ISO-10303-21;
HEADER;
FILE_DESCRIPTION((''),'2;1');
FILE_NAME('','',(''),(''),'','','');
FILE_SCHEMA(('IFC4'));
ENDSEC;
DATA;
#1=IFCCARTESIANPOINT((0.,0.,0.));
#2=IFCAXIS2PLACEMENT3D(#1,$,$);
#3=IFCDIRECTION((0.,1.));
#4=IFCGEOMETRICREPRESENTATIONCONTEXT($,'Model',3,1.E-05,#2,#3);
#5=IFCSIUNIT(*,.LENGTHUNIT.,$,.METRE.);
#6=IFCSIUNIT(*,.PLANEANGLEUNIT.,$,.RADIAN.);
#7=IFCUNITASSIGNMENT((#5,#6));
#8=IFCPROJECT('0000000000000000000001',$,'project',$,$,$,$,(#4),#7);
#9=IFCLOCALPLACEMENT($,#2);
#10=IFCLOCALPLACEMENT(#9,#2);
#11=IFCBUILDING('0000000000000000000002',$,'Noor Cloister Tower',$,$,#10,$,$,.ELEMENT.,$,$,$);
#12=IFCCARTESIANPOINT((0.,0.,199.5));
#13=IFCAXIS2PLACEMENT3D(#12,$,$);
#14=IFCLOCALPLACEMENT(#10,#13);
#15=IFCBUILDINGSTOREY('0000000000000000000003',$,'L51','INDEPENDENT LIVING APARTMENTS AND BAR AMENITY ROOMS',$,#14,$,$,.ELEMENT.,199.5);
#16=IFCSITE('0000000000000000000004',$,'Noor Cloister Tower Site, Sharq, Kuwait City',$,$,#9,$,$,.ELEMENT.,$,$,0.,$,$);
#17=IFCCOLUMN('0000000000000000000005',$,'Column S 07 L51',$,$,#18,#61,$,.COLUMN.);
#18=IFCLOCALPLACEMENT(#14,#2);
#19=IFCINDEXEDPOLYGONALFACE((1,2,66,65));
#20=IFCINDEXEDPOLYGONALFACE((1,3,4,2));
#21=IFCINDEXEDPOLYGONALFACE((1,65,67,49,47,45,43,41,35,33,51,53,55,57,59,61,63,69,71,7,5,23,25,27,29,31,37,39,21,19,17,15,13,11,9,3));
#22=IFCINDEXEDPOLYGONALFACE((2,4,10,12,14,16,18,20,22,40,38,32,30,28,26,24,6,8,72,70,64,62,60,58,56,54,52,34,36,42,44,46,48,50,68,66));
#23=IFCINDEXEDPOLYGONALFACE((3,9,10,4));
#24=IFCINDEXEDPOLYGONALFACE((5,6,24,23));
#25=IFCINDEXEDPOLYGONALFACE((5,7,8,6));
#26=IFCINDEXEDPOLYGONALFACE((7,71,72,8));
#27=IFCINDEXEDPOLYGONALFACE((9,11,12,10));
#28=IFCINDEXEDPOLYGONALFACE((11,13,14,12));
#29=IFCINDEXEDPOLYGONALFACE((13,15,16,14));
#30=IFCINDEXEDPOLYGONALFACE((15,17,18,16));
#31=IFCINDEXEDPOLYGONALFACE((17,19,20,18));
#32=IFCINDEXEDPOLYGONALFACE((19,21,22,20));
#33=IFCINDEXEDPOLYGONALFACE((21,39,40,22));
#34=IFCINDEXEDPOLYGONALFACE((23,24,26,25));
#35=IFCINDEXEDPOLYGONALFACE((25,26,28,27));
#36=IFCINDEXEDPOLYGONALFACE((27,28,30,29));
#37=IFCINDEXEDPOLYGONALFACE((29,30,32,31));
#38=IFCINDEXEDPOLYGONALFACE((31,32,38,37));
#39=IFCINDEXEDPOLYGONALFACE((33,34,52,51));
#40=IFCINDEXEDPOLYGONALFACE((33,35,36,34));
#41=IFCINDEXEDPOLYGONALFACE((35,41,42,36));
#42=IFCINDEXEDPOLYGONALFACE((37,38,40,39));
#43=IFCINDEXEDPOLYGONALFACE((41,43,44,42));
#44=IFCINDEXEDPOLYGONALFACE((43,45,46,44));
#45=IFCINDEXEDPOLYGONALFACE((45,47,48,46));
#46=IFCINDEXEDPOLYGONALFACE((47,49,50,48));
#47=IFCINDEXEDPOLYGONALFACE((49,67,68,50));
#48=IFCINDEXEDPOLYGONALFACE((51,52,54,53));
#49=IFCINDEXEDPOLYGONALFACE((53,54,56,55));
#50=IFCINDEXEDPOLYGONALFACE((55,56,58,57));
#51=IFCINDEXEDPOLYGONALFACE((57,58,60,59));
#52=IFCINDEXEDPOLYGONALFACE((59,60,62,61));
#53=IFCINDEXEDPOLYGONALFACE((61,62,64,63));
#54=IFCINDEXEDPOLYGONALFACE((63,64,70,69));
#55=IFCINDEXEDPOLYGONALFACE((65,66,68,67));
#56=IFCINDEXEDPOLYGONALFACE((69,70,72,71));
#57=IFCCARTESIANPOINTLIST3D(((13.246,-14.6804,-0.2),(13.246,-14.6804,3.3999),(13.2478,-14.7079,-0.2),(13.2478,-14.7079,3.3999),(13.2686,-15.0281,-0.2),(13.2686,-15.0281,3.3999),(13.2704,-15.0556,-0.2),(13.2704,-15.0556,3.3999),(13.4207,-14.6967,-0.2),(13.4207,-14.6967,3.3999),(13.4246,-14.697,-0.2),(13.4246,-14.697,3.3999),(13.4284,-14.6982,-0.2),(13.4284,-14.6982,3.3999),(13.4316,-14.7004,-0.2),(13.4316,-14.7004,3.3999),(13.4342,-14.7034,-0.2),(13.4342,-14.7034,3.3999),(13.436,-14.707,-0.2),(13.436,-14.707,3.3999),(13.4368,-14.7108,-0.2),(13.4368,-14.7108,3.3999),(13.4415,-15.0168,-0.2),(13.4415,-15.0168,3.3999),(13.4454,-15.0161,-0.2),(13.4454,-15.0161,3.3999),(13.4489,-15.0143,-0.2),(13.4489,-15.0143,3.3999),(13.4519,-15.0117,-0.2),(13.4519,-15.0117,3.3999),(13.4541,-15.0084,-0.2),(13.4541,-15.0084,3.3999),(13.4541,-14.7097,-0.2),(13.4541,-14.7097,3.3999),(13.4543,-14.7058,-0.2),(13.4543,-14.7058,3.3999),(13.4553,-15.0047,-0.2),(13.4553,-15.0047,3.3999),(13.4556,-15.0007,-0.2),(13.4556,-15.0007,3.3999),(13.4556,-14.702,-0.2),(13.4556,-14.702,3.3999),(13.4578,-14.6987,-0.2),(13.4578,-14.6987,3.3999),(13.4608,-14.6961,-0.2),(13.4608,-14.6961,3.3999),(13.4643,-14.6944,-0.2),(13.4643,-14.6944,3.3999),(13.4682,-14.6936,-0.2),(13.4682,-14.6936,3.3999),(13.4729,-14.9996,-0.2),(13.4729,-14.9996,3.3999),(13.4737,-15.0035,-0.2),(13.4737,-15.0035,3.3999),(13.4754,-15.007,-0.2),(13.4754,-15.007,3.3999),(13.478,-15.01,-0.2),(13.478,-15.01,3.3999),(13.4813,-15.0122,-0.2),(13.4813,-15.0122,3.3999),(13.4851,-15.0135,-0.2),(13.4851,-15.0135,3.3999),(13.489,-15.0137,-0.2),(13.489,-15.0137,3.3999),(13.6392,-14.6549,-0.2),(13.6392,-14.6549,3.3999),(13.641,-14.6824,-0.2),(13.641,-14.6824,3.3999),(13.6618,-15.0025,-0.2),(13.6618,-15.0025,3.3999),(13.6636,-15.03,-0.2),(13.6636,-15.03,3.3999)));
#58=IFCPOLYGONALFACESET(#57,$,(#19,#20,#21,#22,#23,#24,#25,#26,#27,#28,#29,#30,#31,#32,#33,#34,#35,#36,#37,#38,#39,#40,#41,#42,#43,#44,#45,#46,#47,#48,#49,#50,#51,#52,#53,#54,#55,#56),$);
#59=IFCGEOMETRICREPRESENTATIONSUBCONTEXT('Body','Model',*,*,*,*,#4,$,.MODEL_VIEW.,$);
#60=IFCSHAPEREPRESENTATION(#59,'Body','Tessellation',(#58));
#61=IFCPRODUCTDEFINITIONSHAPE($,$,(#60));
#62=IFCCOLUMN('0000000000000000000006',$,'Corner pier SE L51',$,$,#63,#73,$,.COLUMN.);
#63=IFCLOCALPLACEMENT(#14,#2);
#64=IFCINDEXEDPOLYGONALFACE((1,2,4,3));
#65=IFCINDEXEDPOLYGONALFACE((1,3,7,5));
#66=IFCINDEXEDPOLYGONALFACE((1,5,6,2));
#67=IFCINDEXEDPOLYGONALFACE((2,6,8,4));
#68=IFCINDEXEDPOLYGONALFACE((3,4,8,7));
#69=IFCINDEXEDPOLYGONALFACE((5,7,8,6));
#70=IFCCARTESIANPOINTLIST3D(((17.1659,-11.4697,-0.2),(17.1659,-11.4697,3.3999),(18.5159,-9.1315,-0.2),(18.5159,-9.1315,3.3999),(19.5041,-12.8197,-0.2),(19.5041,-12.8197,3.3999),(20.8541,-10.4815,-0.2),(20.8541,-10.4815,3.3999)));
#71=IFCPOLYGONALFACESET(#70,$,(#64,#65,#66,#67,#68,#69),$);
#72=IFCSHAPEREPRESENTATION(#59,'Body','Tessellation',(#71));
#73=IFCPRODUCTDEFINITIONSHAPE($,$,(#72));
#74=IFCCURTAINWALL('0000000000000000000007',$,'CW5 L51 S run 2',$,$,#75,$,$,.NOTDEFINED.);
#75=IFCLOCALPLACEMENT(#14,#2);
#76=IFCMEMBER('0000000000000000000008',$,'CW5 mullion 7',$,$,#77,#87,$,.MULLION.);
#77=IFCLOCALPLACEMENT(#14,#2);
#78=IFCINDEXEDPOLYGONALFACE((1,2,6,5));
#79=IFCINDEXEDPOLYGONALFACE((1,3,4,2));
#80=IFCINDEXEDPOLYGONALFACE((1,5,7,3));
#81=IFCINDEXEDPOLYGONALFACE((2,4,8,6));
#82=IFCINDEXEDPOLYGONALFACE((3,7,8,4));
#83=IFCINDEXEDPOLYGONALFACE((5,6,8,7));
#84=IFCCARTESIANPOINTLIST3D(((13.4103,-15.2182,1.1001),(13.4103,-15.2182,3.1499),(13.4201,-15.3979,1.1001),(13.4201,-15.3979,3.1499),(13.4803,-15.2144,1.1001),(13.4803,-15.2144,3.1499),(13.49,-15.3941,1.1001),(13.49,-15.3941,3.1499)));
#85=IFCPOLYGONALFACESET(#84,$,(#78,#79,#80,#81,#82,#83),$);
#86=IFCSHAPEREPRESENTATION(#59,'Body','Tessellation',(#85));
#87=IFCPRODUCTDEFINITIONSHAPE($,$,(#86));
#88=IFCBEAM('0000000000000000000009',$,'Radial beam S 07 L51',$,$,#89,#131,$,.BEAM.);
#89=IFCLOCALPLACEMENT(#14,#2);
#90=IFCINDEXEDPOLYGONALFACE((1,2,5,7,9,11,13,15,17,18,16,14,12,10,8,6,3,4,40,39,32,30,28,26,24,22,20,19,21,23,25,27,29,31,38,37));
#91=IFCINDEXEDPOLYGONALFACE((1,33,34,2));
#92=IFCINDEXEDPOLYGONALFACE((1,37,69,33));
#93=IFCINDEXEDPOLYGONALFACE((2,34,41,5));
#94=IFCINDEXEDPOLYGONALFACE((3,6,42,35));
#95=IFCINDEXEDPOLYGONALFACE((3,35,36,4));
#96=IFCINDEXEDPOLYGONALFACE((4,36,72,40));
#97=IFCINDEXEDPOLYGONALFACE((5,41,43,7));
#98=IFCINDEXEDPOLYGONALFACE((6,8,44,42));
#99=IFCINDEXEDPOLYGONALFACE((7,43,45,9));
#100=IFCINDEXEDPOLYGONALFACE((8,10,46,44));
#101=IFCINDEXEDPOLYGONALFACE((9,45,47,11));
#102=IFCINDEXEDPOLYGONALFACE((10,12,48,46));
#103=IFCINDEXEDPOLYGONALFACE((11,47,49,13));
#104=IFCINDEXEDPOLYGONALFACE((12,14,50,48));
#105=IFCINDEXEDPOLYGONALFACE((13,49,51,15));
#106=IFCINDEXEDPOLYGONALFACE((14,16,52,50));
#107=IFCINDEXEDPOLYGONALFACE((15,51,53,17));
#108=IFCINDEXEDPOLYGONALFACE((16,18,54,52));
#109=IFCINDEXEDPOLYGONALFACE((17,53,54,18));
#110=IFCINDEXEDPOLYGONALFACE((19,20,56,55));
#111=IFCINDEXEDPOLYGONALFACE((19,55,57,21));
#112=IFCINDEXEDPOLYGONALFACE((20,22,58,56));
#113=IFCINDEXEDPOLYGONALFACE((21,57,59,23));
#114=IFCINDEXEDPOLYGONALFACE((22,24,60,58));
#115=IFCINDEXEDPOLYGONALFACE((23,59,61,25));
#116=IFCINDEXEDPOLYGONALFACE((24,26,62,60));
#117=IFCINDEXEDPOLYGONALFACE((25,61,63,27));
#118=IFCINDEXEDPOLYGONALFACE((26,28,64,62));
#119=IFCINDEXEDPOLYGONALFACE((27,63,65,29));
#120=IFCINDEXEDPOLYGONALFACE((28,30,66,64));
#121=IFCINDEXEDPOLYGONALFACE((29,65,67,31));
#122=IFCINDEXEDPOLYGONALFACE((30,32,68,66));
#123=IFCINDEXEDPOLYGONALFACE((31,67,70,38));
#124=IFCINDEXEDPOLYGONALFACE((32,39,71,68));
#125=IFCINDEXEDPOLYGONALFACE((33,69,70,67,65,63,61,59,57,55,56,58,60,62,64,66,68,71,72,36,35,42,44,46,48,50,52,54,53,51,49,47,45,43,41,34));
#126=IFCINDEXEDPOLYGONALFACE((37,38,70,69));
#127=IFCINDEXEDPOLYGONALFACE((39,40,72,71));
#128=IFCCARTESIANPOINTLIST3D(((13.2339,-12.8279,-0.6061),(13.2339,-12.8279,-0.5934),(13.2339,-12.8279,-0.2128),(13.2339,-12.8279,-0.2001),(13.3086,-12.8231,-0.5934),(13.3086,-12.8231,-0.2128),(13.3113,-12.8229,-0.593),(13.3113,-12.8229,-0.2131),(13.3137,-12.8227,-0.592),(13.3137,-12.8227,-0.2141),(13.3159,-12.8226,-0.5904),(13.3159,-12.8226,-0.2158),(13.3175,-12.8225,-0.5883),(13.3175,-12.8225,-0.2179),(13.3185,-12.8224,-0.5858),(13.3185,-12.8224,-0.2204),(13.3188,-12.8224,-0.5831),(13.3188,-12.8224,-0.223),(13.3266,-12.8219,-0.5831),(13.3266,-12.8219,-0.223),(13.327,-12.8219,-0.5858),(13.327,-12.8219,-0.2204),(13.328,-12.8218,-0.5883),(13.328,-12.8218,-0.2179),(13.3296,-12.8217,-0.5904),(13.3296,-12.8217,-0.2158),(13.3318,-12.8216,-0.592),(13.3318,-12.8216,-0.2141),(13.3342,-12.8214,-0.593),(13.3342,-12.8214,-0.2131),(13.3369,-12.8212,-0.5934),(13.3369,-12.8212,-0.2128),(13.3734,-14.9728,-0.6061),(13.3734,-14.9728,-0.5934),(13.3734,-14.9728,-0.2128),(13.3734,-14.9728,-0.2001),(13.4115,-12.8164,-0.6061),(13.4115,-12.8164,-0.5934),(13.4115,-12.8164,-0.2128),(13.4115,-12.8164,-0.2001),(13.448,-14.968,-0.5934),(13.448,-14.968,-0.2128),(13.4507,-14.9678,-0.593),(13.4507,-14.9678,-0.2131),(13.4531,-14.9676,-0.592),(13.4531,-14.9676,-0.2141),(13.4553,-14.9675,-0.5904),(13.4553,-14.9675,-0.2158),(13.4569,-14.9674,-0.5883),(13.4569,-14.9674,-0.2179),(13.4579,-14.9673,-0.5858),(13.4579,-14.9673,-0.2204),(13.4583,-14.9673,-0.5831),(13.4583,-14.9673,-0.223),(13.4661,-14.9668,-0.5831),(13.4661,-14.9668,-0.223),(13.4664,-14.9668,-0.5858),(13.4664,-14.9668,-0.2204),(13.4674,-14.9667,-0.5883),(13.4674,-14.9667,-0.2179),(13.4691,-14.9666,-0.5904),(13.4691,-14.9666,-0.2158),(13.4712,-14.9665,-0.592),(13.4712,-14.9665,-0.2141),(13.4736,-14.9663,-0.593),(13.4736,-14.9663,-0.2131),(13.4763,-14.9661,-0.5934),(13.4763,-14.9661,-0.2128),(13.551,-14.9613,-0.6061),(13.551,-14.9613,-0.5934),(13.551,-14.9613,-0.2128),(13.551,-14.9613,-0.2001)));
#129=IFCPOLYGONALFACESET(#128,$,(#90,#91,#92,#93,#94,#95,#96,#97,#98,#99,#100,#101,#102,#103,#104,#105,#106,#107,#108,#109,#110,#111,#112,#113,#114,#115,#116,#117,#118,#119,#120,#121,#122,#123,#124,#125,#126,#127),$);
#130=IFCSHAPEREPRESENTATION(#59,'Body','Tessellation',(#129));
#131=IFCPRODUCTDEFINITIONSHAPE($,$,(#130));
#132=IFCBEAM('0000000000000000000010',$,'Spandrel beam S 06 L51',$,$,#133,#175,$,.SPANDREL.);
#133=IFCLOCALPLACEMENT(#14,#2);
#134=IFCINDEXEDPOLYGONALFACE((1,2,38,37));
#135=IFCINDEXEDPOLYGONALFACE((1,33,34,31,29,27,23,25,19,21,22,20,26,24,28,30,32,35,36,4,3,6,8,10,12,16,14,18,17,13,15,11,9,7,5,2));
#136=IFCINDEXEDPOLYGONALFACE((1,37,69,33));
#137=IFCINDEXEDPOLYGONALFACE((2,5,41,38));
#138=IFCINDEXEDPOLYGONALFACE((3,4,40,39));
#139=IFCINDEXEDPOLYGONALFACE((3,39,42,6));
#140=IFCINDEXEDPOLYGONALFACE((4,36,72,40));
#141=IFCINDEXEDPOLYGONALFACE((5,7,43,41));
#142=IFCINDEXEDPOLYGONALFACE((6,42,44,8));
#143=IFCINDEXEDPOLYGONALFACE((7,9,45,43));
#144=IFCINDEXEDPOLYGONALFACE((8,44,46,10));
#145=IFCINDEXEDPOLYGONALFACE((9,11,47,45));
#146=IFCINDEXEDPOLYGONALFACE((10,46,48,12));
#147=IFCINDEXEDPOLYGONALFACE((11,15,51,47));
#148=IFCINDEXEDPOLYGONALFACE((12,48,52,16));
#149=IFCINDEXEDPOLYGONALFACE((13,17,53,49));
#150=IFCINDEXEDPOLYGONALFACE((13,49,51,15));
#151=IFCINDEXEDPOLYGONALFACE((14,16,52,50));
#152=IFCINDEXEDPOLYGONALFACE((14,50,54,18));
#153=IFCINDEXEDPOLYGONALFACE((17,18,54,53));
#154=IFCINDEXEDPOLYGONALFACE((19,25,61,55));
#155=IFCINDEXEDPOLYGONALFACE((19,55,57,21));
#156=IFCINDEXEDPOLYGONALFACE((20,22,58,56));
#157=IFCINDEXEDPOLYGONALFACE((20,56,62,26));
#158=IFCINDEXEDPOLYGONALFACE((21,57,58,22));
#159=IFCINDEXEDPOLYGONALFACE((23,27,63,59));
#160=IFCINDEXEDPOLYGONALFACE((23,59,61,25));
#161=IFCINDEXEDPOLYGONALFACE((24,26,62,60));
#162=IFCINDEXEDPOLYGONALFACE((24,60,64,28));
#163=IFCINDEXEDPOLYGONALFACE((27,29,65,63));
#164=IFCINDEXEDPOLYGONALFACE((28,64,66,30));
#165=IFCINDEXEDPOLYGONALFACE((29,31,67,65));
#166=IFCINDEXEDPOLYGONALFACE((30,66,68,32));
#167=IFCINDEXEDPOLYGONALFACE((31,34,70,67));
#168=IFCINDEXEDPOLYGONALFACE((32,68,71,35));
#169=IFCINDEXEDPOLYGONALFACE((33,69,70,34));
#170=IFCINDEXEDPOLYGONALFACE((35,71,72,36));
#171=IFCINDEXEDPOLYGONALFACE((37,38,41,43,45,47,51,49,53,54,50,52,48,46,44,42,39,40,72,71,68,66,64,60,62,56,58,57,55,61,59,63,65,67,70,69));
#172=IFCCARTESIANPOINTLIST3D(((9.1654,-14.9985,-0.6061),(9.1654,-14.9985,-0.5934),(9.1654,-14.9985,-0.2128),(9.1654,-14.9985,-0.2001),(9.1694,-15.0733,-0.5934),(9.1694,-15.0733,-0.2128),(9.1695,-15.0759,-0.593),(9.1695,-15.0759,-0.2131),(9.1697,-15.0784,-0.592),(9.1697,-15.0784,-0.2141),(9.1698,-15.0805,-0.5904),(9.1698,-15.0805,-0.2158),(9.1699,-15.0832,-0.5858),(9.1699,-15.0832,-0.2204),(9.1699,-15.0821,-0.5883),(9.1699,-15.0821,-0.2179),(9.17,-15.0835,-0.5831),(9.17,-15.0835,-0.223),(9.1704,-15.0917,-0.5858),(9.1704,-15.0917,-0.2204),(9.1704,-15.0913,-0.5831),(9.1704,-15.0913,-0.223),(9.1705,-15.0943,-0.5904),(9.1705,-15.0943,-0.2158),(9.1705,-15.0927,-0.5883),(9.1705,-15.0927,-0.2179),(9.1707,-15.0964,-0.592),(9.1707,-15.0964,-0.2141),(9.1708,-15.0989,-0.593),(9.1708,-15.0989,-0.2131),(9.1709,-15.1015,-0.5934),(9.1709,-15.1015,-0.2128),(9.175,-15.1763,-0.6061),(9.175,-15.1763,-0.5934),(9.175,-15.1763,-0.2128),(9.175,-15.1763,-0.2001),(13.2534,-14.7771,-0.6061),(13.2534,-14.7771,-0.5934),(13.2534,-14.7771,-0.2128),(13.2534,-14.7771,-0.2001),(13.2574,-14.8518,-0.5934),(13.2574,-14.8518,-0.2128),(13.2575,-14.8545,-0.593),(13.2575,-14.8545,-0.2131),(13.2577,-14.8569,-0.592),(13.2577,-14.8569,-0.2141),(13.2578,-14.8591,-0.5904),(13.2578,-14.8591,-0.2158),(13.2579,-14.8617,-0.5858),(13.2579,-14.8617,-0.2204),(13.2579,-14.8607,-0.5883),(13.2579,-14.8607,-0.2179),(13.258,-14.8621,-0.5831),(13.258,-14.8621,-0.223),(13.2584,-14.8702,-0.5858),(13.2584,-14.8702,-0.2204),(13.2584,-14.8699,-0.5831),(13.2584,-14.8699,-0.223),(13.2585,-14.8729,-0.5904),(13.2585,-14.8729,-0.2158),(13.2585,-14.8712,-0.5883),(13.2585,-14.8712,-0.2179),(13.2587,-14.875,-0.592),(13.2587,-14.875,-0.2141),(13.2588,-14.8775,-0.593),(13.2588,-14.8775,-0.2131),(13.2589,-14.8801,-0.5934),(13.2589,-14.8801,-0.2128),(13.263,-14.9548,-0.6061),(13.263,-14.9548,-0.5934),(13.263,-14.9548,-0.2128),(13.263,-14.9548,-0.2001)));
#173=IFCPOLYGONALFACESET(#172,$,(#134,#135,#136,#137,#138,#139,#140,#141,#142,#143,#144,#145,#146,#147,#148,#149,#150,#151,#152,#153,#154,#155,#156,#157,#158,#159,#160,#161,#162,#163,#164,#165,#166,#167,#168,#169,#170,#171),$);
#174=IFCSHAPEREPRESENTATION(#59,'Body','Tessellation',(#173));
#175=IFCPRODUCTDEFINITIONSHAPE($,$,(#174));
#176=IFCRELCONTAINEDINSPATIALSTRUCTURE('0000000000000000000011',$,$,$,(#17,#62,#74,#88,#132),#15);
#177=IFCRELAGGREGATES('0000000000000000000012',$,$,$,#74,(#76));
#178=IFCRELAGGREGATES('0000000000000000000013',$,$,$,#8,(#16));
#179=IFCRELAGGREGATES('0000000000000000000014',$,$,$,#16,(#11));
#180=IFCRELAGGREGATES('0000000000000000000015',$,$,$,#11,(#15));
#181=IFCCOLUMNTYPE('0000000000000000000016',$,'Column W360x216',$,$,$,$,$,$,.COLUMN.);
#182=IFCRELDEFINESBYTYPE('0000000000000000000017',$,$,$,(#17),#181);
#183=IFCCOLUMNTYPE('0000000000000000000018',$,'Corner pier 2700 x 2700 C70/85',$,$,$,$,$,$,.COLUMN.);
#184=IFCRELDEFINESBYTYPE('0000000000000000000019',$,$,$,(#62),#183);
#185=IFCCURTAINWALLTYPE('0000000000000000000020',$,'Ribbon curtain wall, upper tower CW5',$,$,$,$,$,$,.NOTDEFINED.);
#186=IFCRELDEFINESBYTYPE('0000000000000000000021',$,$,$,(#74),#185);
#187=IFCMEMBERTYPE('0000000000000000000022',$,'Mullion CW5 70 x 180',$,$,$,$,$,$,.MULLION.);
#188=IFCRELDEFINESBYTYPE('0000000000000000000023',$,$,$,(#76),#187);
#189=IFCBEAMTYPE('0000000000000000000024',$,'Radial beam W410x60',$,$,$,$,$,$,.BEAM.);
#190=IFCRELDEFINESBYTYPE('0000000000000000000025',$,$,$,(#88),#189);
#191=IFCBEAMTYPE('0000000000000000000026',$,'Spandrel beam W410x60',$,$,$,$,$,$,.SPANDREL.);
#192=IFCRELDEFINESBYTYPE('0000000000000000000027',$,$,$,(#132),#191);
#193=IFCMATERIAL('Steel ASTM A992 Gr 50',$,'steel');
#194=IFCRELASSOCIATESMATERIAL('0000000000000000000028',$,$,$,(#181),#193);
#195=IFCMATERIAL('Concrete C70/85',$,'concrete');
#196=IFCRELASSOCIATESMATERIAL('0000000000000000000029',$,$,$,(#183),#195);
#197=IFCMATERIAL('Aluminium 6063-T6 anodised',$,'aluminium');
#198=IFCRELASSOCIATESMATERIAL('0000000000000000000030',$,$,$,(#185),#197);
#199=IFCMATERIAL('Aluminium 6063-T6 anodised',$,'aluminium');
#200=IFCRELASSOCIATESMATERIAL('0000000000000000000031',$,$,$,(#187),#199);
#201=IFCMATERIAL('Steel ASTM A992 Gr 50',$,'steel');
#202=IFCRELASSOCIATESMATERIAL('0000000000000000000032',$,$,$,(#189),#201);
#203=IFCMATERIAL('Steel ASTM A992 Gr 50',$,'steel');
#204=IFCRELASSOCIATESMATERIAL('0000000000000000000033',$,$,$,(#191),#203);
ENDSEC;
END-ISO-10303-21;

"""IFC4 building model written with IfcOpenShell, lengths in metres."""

from ifc_helpers import new_model, si_unit, direction, frame, origin, origin_2d, place, context, subcontext, project, spatial, rectangle, i_section, extrude, material, material_profile, profile_set, type_object, element, aggregate, save


model = new_model("IFC4")

# Units and contexts
model_context = context("Model", 3, precision=1e-05, world=origin(), true_north=direction((0.0, 1.0)))
body_context = subcontext(model_context, "Body", "Model", "MODEL_VIEW")
ifc_project = project(units=[si_unit("LENGTHUNIT", "METRE"), si_unit("PLANEANGLEUNIT", "RADIAN")], contexts=[model_context])

# Site, building, storey
site_placement = place(None, origin())
site = spatial("IfcSite", under=ifc_project, at=site_placement, Name="Noor Cloister Tower Site, Sharq, Kuwait City", CompositionType="ELEMENT", RefElevation=0.0)
building_placement = place(site_placement, origin())
building = spatial("IfcBuilding", under=site, at=building_placement, Name="Noor Cloister Tower", CompositionType="ELEMENT")
storey_placement = place(building_placement, frame((0.0, 0.0, 199.5)))
storey = spatial("IfcBuildingStorey", under=building, at=storey_placement, Name="L51", Description="INDEPENDENT LIVING APARTMENTS AND BAR AMENITY ROOMS", CompositionType="ELEMENT", Elevation=199.5)

# Columns
ifc_material_1 = material(Name="Steel ASTM A992 Gr 50", Category="steel")
ifc_material_profile_1 = material_profile(ifc_material_1, i_section(OverallWidth=0.394, OverallDepth=0.376, WebThickness=0.0173, FlangeThickness=0.0276, FilletRadius=0.0151, at=origin_2d()), Name="W360x216")
ifc_profile_set_1 = profile_set([ifc_material_profile_1], Name="Steel ASTM A992 Gr 50")
column_type_1 = type_object("IfcColumnType", Name="Column W360x216", PredefinedType="COLUMN", material=ifc_profile_set_1)
column_1_placement = place(storey_placement, frame((13.4548, -14.8552, -0.2), z_axis=(0.0, 0.0, 1.0), x_axis=(0.997893, 0.064875, 0.0)))
element("IfcColumn", 1, at=column_1_placement, inside=storey, type_object=column_type_1, Name="Column S 07 L51", PredefinedType="COLUMN", context=body_context, shape_type="SweptSolid", body=[
    extrude(i_section(OverallWidth=0.394, OverallDepth=0.376, WebThickness=0.0173, FlangeThickness=0.0276, FilletRadius=0.0151, at=origin_2d()), origin(), (0.0, 0.0, 1.0), 3.5999),
])
ifc_material_2 = material(Name="Concrete C70/85", Category="concrete")
ifc_material_profile_2 = material_profile(ifc_material_2, rectangle(XDim=2.7, YDim=2.7, at=origin_2d()), Name="RC 2700x2700")
ifc_profile_set_2 = profile_set([ifc_material_profile_2], Name="Concrete C70/85")
column_type_2 = type_object("IfcColumnType", Name="Corner pier 2700 x 2700 C70/85", PredefinedType="COLUMN", material=ifc_profile_set_2)
column_2_placement = place(storey_placement, frame((19.01, -10.9756, -0.2), z_axis=(0.0, 0.0, 1.0), x_axis=(0.866025, -0.5, 0.0)))
element("IfcColumn", 2, at=column_2_placement, inside=storey, type_object=column_type_2, Name="Corner pier SE L51", PredefinedType="COLUMN", context=body_context, shape_type="SweptSolid", body=[
    extrude(rectangle(XDim=2.7, YDim=2.7, at=origin_2d()), origin(), (0.0, 0.0, 1.0), 3.5999),
])

# Curtain wall, member
ifc_material_3 = material(Name="Aluminium 6063-T6 anodised", Category="aluminium")
curtain_wall_type = type_object("IfcCurtainWallType", Name="Ribbon curtain wall, upper tower CW5", PredefinedType="NOTDEFINED", material=ifc_material_3)
curtain_wall_placement = place(storey_placement, origin())
curtain_wall = element("IfcCurtainWall", 3, at=curtain_wall_placement, inside=storey, type_object=curtain_wall_type, Name="CW5 L51 S run 2", PredefinedType="NOTDEFINED")
ifc_material_4 = material(Name="Aluminium 6063-T6 anodised", Category="aluminium")
ifc_material_profile_3 = material_profile(ifc_material_4, rectangle(XDim=0.1799, YDim=0.0701, at=origin_2d()), Name="180 x 70 mullion")
ifc_profile_set_3 = profile_set([ifc_material_profile_3], Name="Aluminium 6063-T6 anodised")
member_type = type_object("IfcMemberType", Name="Mullion CW5 70 x 180", PredefinedType="MULLION", material=ifc_profile_set_3)
member_placement = place(storey_placement, frame((13.4502, -15.3062, 1.1001), z_axis=(0.0, 0.0, 1.0), x_axis=(-0.054074, 0.998537, 0.0)))
member = element("IfcMember", 4, at=member_placement, type_object=member_type, Name="CW5 mullion 7", PredefinedType="MULLION", context=body_context, shape_type="SweptSolid", body=[
    extrude(rectangle(XDim=0.1799, YDim=0.0701, at=origin_2d()), origin(), (0.0, 0.0, 1.0), 2.0498),
])

# Beams
ifc_material_5 = material(Name="Steel ASTM A992 Gr 50", Category="steel")
ifc_material_profile_4 = material_profile(ifc_material_5, i_section(OverallWidth=0.178, OverallDepth=0.406, WebThickness=0.0078, FlangeThickness=0.0127, FilletRadius=0.0103, at=origin_2d()), Name="W410x60")
ifc_profile_set_4 = profile_set([ifc_material_profile_4], Name="Steel ASTM A992 Gr 50")
beam_type_1 = type_object("IfcBeamType", Name="Radial beam W410x60", PredefinedType="BEAM", material=ifc_profile_set_4)
beam_1_placement = place(storey_placement, frame((13.4622, -14.967, -0.4031), z_axis=(-0.06486, 0.997894, 0.0), x_axis=(-0.997894, -0.06486, 0.0)))
element("IfcBeam", 5, at=beam_1_placement, inside=storey, type_object=beam_type_1, Name="Radial beam S 07 L51", PredefinedType="BEAM", context=body_context, shape_type="SweptSolid", body=[
    extrude(i_section(OverallWidth=0.178, OverallDepth=0.406, WebThickness=0.0078, FlangeThickness=0.0127, FilletRadius=0.0103, at=origin_2d()), origin(), (0.0, 0.0, 1.0), 2.1494),
])
ifc_material_6 = material(Name="Steel ASTM A992 Gr 50", Category="steel")
ifc_material_profile_5 = material_profile(ifc_material_6, i_section(OverallWidth=0.178, OverallDepth=0.406, WebThickness=0.0078, FlangeThickness=0.0127, FilletRadius=0.0103, at=origin_2d()), Name="W410x60")
ifc_profile_set_5 = profile_set([ifc_material_profile_5], Name="Steel ASTM A992 Gr 50")
beam_type_2 = type_object("IfcBeamType", Name="Spandrel beam W410x60", PredefinedType="SPANDREL", material=ifc_profile_set_5)
beam_2_placement = place(storey_placement, frame((9.1702, -15.0874, -0.4031), z_axis=(0.998536, 0.054089, 0.0), x_axis=(-0.054089, 0.998536, 0.0)))
element("IfcBeam", 6, at=beam_2_placement, inside=storey, type_object=beam_type_2, Name="Spandrel beam S 06 L51", PredefinedType="SPANDREL", context=body_context, shape_type="SweptSolid", body=[
    extrude(i_section(OverallWidth=0.178, OverallDepth=0.406, WebThickness=0.0078, FlangeThickness=0.0127, FilletRadius=0.0103, at=origin_2d()), origin(), (0.0, 0.0, 1.0), 4.094),
])

aggregate(curtain_wall, [member])

save(model, "model.ifc")
